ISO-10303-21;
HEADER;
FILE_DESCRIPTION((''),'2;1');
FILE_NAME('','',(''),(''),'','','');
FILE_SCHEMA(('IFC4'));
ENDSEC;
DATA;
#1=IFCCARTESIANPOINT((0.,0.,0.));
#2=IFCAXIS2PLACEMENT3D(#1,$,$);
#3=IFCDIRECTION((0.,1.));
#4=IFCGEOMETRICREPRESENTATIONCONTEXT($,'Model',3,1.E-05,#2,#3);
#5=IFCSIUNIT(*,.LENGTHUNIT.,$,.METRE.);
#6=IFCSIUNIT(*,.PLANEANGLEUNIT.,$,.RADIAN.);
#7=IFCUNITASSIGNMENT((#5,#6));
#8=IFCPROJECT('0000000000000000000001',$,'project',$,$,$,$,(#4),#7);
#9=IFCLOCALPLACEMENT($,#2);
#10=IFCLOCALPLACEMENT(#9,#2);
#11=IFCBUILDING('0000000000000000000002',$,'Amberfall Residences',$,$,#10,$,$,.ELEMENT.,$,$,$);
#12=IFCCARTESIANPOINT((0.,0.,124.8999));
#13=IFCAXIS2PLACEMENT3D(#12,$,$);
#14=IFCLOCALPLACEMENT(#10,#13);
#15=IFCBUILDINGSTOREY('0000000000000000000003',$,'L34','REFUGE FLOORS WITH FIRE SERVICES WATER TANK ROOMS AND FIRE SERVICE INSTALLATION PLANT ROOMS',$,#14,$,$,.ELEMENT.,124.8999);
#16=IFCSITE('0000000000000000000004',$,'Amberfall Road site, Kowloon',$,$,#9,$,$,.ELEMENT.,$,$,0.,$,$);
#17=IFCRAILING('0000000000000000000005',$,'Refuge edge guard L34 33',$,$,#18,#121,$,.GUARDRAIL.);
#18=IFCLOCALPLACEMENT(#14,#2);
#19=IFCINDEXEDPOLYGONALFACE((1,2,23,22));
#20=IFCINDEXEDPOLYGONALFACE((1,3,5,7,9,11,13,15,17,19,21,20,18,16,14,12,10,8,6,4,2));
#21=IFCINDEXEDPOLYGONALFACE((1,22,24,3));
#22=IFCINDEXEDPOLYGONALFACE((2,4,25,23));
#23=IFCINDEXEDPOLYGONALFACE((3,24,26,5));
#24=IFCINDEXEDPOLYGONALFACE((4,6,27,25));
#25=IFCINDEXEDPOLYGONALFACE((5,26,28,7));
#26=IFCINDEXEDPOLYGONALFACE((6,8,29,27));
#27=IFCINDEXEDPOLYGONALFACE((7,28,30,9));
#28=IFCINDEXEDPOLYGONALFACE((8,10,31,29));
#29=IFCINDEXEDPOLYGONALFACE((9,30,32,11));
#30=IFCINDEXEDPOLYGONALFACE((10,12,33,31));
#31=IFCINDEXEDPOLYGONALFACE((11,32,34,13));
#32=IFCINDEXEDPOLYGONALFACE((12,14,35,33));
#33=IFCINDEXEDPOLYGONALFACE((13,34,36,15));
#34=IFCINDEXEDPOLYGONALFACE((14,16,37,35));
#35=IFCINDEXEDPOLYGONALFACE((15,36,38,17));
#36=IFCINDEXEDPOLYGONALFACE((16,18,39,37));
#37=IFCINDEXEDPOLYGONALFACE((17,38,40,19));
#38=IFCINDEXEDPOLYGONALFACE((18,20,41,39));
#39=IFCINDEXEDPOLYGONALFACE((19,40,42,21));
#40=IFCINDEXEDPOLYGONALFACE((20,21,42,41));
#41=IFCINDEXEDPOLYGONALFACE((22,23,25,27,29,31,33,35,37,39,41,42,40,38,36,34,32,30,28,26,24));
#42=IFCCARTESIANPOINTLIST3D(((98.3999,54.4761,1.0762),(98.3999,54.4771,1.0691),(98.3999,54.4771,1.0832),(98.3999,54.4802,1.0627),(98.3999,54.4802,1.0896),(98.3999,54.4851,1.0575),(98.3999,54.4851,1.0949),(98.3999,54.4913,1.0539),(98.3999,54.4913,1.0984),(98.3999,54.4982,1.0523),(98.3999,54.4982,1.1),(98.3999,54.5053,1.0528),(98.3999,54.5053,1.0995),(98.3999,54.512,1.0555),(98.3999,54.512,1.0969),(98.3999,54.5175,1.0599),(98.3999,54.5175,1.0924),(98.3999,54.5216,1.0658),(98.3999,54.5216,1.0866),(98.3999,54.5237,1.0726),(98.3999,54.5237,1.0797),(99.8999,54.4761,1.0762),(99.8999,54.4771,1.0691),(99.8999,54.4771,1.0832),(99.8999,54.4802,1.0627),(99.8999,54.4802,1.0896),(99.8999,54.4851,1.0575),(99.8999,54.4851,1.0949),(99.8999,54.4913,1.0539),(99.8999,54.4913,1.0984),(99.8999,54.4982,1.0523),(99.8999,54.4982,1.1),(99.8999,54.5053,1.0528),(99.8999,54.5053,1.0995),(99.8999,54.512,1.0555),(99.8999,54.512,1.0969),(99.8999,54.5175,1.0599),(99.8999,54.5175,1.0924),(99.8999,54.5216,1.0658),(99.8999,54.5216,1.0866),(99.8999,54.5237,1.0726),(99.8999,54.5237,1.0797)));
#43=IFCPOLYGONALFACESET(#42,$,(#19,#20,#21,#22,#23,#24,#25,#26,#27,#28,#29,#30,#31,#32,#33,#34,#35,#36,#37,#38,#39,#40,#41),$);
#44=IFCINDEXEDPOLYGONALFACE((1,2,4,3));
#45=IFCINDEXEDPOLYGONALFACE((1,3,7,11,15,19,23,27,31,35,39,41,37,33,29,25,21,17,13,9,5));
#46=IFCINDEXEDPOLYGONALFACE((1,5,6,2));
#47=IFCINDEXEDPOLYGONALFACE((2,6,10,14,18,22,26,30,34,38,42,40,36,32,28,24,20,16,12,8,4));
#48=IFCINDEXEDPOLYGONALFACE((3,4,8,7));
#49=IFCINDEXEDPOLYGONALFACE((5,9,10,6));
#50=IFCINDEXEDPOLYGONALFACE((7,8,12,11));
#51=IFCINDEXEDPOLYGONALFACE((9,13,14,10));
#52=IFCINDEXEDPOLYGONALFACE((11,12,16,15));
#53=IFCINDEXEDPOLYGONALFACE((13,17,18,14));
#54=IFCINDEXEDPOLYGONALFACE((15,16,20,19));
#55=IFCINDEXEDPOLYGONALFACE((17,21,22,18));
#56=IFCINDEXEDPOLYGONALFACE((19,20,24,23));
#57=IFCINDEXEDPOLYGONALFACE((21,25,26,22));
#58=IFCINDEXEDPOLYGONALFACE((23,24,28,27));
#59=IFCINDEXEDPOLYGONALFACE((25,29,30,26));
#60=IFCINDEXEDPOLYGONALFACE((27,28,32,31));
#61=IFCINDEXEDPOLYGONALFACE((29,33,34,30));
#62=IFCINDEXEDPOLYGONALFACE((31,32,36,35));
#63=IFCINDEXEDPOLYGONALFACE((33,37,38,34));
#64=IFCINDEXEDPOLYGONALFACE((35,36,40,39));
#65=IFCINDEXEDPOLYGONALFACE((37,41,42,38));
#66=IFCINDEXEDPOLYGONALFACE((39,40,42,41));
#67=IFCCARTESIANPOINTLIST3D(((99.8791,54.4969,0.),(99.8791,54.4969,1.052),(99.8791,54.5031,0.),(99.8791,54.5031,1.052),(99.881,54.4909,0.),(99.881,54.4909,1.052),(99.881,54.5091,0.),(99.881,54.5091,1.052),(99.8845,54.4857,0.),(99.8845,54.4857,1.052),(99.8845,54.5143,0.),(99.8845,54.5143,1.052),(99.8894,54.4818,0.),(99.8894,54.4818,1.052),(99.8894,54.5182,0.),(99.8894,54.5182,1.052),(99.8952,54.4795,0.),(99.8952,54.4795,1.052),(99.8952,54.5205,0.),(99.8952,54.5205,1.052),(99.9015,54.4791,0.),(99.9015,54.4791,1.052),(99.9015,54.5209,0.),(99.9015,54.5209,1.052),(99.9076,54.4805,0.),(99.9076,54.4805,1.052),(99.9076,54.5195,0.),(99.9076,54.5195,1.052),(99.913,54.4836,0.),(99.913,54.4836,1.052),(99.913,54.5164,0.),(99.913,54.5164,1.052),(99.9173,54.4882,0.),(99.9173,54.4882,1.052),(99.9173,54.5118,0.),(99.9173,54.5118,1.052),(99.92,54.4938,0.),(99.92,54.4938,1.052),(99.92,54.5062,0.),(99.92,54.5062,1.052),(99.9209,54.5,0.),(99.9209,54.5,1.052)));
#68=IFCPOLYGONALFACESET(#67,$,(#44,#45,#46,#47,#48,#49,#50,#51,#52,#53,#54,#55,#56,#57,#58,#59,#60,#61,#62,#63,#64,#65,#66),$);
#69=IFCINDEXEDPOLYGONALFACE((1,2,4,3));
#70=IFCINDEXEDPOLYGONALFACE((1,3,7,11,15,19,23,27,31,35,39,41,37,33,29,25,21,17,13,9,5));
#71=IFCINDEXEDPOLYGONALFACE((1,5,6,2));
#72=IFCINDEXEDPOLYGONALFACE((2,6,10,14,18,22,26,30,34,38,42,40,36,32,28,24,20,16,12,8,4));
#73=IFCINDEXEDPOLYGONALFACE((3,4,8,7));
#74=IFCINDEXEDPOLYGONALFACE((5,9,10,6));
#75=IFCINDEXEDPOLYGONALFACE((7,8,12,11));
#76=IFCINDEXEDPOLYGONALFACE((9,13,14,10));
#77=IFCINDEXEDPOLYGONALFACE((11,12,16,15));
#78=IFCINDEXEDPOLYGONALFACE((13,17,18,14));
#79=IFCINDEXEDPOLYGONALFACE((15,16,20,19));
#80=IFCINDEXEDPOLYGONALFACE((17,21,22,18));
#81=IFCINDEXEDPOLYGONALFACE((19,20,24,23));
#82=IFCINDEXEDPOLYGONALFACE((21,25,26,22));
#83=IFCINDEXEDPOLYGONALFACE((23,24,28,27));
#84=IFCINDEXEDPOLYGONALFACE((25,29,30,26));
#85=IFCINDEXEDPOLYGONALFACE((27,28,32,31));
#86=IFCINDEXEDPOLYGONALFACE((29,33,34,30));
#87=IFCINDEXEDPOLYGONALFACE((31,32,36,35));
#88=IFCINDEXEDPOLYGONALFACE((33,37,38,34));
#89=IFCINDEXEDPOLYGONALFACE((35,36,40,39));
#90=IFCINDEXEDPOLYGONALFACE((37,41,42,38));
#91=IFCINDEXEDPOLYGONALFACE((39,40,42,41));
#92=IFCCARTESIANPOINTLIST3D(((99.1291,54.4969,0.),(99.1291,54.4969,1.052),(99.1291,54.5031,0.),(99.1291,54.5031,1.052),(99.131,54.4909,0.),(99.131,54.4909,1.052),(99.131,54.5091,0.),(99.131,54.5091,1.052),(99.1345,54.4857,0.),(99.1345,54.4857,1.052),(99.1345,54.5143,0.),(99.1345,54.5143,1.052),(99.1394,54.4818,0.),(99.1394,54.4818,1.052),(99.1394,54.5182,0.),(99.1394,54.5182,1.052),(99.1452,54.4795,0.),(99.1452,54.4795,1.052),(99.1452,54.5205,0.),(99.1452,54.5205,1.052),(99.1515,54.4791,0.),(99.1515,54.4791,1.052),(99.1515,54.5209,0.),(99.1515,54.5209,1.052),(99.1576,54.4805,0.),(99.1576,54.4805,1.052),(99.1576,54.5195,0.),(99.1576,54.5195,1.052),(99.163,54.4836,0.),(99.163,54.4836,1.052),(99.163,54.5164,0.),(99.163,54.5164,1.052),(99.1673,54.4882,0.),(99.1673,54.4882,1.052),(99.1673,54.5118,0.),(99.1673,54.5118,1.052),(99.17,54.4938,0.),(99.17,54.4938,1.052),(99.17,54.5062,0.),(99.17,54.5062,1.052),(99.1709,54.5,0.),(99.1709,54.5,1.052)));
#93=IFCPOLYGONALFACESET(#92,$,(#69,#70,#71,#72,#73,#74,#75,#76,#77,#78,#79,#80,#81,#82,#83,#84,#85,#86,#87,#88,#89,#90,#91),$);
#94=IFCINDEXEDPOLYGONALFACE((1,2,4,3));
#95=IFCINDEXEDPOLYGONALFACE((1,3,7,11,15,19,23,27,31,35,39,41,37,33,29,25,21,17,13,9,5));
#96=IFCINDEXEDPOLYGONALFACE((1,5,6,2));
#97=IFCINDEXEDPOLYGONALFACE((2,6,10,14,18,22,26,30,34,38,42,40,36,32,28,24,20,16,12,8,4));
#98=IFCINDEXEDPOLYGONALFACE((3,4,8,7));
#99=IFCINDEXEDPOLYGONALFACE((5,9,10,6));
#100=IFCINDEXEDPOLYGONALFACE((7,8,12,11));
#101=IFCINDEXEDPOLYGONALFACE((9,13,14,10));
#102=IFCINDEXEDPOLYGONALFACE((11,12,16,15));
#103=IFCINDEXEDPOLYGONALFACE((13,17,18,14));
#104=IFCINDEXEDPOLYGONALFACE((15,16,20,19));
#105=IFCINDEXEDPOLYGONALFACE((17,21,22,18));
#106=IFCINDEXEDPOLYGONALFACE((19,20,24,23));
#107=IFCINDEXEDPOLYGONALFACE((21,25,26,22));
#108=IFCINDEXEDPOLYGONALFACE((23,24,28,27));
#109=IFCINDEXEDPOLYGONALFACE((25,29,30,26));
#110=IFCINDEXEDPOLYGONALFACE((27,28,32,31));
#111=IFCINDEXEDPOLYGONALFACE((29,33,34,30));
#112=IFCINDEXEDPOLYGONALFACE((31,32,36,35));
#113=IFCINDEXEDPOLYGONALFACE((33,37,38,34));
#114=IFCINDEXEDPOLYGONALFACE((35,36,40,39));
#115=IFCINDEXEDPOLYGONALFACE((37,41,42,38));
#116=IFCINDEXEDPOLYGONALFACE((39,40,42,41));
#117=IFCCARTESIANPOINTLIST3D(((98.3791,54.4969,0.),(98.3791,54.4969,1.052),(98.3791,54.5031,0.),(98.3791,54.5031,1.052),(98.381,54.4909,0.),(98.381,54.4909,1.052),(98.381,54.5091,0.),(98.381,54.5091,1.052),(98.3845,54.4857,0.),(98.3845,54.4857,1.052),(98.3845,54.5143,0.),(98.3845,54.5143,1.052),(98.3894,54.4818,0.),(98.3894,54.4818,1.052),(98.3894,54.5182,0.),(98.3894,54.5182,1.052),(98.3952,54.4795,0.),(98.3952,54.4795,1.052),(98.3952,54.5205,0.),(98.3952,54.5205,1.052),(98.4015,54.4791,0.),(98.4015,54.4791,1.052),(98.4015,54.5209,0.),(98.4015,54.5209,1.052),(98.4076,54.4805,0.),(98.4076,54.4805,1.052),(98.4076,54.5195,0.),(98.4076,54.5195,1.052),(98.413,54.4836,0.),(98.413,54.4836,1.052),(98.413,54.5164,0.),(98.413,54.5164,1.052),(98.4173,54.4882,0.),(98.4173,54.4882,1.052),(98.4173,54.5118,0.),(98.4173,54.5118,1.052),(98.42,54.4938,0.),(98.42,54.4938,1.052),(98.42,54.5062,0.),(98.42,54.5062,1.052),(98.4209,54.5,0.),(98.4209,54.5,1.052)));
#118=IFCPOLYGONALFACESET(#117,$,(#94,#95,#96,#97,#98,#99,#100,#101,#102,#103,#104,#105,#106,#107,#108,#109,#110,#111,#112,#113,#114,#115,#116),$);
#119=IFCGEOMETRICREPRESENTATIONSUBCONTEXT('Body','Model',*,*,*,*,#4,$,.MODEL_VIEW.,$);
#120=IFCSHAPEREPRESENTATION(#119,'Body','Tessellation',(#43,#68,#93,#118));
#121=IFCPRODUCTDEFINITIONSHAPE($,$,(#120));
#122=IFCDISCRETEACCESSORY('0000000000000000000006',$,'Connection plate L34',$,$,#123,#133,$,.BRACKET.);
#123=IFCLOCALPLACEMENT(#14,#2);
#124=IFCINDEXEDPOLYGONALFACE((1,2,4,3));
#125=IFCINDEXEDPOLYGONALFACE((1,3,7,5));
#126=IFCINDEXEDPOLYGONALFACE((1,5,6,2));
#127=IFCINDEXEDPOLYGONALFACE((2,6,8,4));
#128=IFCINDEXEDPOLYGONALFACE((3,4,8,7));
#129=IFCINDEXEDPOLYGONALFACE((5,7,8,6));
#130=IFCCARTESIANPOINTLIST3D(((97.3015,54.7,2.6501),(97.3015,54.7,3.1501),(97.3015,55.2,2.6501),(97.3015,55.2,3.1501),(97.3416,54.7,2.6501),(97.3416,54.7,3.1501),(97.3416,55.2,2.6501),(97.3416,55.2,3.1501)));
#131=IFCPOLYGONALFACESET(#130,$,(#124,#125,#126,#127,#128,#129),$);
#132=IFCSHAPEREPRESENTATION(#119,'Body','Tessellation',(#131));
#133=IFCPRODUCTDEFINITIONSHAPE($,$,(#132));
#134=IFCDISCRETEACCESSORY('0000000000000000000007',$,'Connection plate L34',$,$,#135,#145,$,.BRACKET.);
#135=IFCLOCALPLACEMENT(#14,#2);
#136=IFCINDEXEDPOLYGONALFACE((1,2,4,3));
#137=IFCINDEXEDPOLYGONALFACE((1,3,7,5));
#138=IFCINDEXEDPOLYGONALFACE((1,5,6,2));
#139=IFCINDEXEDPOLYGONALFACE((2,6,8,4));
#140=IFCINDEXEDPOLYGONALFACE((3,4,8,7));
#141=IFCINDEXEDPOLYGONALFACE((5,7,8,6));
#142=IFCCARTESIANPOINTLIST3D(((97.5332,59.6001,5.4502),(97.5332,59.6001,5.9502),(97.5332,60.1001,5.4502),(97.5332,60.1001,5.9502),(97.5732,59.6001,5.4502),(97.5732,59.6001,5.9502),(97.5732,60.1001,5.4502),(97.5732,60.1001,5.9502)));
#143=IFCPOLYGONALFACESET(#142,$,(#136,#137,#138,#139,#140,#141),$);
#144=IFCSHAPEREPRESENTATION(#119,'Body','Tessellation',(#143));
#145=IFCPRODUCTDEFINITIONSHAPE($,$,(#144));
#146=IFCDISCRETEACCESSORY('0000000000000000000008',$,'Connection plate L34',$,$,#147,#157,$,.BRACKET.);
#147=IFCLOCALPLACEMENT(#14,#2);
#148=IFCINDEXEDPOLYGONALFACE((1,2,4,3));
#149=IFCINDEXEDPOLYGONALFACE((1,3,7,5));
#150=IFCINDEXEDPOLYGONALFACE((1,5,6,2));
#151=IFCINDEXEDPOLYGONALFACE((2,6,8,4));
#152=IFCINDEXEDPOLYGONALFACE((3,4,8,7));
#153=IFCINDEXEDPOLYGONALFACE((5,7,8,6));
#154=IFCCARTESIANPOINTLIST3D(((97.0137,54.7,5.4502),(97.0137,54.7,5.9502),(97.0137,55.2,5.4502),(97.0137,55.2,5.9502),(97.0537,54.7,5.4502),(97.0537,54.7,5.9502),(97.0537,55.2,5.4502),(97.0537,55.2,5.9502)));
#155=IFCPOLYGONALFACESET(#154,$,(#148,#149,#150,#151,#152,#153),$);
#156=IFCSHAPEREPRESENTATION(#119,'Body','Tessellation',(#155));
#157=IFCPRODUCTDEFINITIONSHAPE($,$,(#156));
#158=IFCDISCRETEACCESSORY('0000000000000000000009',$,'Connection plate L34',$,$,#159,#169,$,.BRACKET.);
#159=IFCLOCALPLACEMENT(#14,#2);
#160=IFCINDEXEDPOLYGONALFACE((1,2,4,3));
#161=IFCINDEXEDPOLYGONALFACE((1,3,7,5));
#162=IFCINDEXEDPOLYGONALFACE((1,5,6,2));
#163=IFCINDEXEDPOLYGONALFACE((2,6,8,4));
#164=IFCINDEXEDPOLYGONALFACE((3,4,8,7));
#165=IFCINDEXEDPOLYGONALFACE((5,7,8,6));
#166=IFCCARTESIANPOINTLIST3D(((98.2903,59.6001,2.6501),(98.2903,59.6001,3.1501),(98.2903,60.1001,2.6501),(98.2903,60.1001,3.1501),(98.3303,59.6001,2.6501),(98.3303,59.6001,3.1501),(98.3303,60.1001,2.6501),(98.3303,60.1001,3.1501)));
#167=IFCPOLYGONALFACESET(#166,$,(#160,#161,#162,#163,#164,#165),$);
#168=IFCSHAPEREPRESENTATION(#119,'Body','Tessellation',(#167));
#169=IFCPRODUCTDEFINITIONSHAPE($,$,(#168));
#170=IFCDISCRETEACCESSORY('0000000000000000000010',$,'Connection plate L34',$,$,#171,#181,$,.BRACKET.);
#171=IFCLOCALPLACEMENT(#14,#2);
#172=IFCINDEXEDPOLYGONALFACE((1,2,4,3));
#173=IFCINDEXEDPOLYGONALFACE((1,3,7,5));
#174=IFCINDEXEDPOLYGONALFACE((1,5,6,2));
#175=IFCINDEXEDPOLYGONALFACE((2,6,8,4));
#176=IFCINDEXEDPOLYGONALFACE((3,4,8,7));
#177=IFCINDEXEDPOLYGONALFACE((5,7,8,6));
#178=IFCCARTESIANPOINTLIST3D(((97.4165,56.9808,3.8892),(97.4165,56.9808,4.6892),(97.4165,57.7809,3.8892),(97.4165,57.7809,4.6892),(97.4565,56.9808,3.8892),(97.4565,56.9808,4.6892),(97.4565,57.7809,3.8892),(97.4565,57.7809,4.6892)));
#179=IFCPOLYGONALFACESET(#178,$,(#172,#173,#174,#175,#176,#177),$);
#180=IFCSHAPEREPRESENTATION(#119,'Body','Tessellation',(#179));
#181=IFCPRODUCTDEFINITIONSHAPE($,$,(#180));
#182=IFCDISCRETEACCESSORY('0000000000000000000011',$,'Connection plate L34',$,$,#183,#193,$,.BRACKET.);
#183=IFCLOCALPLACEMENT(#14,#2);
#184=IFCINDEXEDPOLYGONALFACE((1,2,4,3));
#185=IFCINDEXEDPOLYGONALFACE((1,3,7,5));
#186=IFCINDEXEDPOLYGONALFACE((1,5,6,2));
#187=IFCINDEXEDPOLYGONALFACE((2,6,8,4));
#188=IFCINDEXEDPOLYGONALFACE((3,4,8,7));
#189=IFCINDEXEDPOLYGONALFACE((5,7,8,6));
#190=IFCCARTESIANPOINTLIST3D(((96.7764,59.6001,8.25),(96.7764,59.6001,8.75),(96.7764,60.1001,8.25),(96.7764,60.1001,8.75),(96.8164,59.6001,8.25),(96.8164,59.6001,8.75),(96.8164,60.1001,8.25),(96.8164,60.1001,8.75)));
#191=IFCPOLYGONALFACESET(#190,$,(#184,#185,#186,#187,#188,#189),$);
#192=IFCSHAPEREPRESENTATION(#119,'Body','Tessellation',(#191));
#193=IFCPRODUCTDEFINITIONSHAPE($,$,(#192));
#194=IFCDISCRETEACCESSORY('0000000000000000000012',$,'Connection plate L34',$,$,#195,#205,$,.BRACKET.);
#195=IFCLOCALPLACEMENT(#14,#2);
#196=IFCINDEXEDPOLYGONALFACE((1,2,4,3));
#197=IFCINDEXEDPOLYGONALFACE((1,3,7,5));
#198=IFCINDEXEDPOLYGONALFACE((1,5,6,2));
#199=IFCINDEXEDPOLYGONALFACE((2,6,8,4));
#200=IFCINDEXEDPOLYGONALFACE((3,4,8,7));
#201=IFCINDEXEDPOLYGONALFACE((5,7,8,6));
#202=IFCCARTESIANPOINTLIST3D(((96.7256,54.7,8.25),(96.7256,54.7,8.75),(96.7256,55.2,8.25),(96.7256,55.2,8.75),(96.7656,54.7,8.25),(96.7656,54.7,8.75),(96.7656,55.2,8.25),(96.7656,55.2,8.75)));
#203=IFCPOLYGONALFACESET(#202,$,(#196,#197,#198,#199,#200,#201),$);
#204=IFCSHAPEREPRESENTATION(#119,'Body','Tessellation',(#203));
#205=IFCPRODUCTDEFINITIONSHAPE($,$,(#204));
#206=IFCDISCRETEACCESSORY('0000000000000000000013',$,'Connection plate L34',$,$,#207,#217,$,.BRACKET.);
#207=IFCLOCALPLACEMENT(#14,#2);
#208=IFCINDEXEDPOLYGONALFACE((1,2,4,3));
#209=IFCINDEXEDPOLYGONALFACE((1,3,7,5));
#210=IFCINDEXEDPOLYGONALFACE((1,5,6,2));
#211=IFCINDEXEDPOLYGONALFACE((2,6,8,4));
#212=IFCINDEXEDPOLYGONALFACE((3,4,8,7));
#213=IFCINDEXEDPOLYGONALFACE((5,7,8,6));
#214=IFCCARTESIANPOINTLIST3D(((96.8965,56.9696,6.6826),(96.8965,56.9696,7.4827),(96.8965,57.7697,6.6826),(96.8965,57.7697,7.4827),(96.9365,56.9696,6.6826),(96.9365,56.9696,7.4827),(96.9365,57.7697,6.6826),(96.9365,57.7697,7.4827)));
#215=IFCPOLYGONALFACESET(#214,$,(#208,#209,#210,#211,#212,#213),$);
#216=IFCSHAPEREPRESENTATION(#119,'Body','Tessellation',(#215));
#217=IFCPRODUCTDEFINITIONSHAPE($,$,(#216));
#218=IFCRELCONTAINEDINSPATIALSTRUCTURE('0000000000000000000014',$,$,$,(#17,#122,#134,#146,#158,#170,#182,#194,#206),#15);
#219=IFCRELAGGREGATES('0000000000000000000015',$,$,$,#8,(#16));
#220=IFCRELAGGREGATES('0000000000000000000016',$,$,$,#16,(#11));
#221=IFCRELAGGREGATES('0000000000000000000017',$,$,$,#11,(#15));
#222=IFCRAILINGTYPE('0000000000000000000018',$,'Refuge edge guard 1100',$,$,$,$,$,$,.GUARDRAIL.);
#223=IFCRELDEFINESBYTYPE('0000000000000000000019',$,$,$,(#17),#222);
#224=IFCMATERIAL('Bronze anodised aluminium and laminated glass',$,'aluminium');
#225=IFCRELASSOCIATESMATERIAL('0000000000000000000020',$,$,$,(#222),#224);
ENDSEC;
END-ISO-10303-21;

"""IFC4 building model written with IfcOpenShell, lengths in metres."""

from ifc_helpers import new_model, si_unit, direction, frame, origin, origin_2d, place, context, subcontext, project, spatial, rectangle, circle, extrude, material, type_object, element, save


model = new_model("IFC4")

# Units and contexts
model_context = context("Model", 3, precision=1e-05, world=origin(), true_north=direction((0.0, 1.0)))
body_context = subcontext(model_context, "Body", "Model", "MODEL_VIEW")
ifc_project = project(units=[si_unit("LENGTHUNIT", "METRE"), si_unit("PLANEANGLEUNIT", "RADIAN")], contexts=[model_context])

# Site, building, storey
site_placement = place(None, origin())
site = spatial("IfcSite", under=ifc_project, at=site_placement, Name="Amberfall Road site, Kowloon", CompositionType="ELEMENT", RefElevation=0.0)
building_placement = place(site_placement, origin())
building = spatial("IfcBuilding", under=site, at=building_placement, Name="Amberfall Residences", CompositionType="ELEMENT")
storey_placement = place(building_placement, frame((0.0, 0.0, 124.8999)))
storey = spatial("IfcBuildingStorey", under=building, at=storey_placement, Name="L34", Description="REFUGE FLOORS WITH FIRE SERVICES WATER TANK ROOMS AND FIRE SERVICE INSTALLATION PLANT ROOMS", CompositionType="ELEMENT", Elevation=124.8999)

# Railing
ifc_material_1 = material(Name="Bronze anodised aluminium and laminated glass", Category="aluminium")
railing_type = type_object("IfcRailingType", Name="Refuge edge guard 1100", PredefinedType="GUARDRAIL", material=ifc_material_1)
railing_placement = place(storey_placement, frame((99.8999, 54.5, 0.0)))
element("IfcRailing", 1, at=railing_placement, inside=storey, type_object=railing_type, Name="Refuge edge guard L34 33", PredefinedType="GUARDRAIL", context=body_context, shape_type="SweptSolid", body=[
    extrude(circle(Radius=0.0239, at=origin_2d()), frame((0.0, 0.0, 1.0762), z_axis=(-1.0, 0.0, 0.0), x_axis=(0.0, -1.0, 0.0)), (0.0, 0.0, 1.0), 1.5),
    extrude(circle(Radius=0.021, at=origin_2d()), origin(), (0.0, 0.0, 1.0), 1.052),
    extrude(circle(Radius=0.021, at=origin_2d()), frame((-0.75, 0.0, 0.0)), (0.0, 0.0, 1.0), 1.052),
    extrude(circle(Radius=0.021, at=origin_2d()), frame((-1.5, 0.0, 0.0)), (0.0, 0.0, 1.0), 1.052),
])

# Discrete accessories
for number, where, z_axis, x_axis, name in (
    (2, (97.3215, 54.95, 2.6501), (0.0, 0.0, 1.0), (0.0, 1.0, 0.0), "Connection plate L34"),
    (3, (97.5532, 59.8501, 5.4502), (0.0, 0.0, 1.0), (0.0, 1.0, 0.0), "Connection plate L34"),
    (4, (97.0337, 54.95, 5.4502), (0.0, 0.0, 1.0), (0.0, 1.0, 0.0), "Connection plate L34"),
    (5, (98.3103, 59.8501, 2.6501), (0.0, 0.0, 1.0), (0.0, 1.0, 0.0), "Connection plate L34"),
):
    element("IfcDiscreteAccessory", number, at=place(storey_placement, frame(where, z_axis=z_axis, x_axis=x_axis)), inside=storey, Name=name, PredefinedType="BRACKET", context=body_context, shape_type="SweptSolid", body=[
        extrude(rectangle(XDim=0.5, YDim=0.04, at=origin_2d()), origin(), (0.0, 0.0, 1.0), 0.5),
    ])
discrete_accessory_1_placement = place(storey_placement, frame((97.4365, 57.3809, 3.8892), z_axis=(0.0, 0.0, 1.0), x_axis=(0.0, 1.0, 0.0)))
element("IfcDiscreteAccessory", 6, at=discrete_accessory_1_placement, inside=storey, Name="Connection plate L34", PredefinedType="BRACKET", context=body_context, shape_type="SweptSolid", body=[
    extrude(rectangle(XDim=0.8, YDim=0.04, at=origin_2d()), origin(), (0.0, 0.0, 1.0), 0.8),
])
for number, where, z_axis, x_axis, name in (
    (7, (96.7964, 59.8501, 8.25), (0.0, 0.0, 1.0), (0.0, 1.0, 0.0), "Connection plate L34"),
    (8, (96.7456, 54.95, 8.25), (0.0, 0.0, 1.0), (0.0, 1.0, 0.0), "Connection plate L34"),
):
    element("IfcDiscreteAccessory", number, at=place(storey_placement, frame(where, z_axis=z_axis, x_axis=x_axis)), inside=storey, Name=name, PredefinedType="BRACKET", context=body_context, shape_type="SweptSolid", body=[
        extrude(rectangle(XDim=0.5, YDim=0.04, at=origin_2d()), origin(), (0.0, 0.0, 1.0), 0.5),
    ])
discrete_accessory_2_placement = place(storey_placement, frame((96.9165, 57.3696, 6.6826), z_axis=(0.0, 0.0, 1.0), x_axis=(0.0, 1.0, 0.0)))
element("IfcDiscreteAccessory", 9, at=discrete_accessory_2_placement, inside=storey, Name="Connection plate L34", PredefinedType="BRACKET", context=body_context, shape_type="SweptSolid", body=[
    extrude(rectangle(XDim=0.8, YDim=0.04, at=origin_2d()), origin(), (0.0, 0.0, 1.0), 0.8),
])

save(model, "model.ifc")
